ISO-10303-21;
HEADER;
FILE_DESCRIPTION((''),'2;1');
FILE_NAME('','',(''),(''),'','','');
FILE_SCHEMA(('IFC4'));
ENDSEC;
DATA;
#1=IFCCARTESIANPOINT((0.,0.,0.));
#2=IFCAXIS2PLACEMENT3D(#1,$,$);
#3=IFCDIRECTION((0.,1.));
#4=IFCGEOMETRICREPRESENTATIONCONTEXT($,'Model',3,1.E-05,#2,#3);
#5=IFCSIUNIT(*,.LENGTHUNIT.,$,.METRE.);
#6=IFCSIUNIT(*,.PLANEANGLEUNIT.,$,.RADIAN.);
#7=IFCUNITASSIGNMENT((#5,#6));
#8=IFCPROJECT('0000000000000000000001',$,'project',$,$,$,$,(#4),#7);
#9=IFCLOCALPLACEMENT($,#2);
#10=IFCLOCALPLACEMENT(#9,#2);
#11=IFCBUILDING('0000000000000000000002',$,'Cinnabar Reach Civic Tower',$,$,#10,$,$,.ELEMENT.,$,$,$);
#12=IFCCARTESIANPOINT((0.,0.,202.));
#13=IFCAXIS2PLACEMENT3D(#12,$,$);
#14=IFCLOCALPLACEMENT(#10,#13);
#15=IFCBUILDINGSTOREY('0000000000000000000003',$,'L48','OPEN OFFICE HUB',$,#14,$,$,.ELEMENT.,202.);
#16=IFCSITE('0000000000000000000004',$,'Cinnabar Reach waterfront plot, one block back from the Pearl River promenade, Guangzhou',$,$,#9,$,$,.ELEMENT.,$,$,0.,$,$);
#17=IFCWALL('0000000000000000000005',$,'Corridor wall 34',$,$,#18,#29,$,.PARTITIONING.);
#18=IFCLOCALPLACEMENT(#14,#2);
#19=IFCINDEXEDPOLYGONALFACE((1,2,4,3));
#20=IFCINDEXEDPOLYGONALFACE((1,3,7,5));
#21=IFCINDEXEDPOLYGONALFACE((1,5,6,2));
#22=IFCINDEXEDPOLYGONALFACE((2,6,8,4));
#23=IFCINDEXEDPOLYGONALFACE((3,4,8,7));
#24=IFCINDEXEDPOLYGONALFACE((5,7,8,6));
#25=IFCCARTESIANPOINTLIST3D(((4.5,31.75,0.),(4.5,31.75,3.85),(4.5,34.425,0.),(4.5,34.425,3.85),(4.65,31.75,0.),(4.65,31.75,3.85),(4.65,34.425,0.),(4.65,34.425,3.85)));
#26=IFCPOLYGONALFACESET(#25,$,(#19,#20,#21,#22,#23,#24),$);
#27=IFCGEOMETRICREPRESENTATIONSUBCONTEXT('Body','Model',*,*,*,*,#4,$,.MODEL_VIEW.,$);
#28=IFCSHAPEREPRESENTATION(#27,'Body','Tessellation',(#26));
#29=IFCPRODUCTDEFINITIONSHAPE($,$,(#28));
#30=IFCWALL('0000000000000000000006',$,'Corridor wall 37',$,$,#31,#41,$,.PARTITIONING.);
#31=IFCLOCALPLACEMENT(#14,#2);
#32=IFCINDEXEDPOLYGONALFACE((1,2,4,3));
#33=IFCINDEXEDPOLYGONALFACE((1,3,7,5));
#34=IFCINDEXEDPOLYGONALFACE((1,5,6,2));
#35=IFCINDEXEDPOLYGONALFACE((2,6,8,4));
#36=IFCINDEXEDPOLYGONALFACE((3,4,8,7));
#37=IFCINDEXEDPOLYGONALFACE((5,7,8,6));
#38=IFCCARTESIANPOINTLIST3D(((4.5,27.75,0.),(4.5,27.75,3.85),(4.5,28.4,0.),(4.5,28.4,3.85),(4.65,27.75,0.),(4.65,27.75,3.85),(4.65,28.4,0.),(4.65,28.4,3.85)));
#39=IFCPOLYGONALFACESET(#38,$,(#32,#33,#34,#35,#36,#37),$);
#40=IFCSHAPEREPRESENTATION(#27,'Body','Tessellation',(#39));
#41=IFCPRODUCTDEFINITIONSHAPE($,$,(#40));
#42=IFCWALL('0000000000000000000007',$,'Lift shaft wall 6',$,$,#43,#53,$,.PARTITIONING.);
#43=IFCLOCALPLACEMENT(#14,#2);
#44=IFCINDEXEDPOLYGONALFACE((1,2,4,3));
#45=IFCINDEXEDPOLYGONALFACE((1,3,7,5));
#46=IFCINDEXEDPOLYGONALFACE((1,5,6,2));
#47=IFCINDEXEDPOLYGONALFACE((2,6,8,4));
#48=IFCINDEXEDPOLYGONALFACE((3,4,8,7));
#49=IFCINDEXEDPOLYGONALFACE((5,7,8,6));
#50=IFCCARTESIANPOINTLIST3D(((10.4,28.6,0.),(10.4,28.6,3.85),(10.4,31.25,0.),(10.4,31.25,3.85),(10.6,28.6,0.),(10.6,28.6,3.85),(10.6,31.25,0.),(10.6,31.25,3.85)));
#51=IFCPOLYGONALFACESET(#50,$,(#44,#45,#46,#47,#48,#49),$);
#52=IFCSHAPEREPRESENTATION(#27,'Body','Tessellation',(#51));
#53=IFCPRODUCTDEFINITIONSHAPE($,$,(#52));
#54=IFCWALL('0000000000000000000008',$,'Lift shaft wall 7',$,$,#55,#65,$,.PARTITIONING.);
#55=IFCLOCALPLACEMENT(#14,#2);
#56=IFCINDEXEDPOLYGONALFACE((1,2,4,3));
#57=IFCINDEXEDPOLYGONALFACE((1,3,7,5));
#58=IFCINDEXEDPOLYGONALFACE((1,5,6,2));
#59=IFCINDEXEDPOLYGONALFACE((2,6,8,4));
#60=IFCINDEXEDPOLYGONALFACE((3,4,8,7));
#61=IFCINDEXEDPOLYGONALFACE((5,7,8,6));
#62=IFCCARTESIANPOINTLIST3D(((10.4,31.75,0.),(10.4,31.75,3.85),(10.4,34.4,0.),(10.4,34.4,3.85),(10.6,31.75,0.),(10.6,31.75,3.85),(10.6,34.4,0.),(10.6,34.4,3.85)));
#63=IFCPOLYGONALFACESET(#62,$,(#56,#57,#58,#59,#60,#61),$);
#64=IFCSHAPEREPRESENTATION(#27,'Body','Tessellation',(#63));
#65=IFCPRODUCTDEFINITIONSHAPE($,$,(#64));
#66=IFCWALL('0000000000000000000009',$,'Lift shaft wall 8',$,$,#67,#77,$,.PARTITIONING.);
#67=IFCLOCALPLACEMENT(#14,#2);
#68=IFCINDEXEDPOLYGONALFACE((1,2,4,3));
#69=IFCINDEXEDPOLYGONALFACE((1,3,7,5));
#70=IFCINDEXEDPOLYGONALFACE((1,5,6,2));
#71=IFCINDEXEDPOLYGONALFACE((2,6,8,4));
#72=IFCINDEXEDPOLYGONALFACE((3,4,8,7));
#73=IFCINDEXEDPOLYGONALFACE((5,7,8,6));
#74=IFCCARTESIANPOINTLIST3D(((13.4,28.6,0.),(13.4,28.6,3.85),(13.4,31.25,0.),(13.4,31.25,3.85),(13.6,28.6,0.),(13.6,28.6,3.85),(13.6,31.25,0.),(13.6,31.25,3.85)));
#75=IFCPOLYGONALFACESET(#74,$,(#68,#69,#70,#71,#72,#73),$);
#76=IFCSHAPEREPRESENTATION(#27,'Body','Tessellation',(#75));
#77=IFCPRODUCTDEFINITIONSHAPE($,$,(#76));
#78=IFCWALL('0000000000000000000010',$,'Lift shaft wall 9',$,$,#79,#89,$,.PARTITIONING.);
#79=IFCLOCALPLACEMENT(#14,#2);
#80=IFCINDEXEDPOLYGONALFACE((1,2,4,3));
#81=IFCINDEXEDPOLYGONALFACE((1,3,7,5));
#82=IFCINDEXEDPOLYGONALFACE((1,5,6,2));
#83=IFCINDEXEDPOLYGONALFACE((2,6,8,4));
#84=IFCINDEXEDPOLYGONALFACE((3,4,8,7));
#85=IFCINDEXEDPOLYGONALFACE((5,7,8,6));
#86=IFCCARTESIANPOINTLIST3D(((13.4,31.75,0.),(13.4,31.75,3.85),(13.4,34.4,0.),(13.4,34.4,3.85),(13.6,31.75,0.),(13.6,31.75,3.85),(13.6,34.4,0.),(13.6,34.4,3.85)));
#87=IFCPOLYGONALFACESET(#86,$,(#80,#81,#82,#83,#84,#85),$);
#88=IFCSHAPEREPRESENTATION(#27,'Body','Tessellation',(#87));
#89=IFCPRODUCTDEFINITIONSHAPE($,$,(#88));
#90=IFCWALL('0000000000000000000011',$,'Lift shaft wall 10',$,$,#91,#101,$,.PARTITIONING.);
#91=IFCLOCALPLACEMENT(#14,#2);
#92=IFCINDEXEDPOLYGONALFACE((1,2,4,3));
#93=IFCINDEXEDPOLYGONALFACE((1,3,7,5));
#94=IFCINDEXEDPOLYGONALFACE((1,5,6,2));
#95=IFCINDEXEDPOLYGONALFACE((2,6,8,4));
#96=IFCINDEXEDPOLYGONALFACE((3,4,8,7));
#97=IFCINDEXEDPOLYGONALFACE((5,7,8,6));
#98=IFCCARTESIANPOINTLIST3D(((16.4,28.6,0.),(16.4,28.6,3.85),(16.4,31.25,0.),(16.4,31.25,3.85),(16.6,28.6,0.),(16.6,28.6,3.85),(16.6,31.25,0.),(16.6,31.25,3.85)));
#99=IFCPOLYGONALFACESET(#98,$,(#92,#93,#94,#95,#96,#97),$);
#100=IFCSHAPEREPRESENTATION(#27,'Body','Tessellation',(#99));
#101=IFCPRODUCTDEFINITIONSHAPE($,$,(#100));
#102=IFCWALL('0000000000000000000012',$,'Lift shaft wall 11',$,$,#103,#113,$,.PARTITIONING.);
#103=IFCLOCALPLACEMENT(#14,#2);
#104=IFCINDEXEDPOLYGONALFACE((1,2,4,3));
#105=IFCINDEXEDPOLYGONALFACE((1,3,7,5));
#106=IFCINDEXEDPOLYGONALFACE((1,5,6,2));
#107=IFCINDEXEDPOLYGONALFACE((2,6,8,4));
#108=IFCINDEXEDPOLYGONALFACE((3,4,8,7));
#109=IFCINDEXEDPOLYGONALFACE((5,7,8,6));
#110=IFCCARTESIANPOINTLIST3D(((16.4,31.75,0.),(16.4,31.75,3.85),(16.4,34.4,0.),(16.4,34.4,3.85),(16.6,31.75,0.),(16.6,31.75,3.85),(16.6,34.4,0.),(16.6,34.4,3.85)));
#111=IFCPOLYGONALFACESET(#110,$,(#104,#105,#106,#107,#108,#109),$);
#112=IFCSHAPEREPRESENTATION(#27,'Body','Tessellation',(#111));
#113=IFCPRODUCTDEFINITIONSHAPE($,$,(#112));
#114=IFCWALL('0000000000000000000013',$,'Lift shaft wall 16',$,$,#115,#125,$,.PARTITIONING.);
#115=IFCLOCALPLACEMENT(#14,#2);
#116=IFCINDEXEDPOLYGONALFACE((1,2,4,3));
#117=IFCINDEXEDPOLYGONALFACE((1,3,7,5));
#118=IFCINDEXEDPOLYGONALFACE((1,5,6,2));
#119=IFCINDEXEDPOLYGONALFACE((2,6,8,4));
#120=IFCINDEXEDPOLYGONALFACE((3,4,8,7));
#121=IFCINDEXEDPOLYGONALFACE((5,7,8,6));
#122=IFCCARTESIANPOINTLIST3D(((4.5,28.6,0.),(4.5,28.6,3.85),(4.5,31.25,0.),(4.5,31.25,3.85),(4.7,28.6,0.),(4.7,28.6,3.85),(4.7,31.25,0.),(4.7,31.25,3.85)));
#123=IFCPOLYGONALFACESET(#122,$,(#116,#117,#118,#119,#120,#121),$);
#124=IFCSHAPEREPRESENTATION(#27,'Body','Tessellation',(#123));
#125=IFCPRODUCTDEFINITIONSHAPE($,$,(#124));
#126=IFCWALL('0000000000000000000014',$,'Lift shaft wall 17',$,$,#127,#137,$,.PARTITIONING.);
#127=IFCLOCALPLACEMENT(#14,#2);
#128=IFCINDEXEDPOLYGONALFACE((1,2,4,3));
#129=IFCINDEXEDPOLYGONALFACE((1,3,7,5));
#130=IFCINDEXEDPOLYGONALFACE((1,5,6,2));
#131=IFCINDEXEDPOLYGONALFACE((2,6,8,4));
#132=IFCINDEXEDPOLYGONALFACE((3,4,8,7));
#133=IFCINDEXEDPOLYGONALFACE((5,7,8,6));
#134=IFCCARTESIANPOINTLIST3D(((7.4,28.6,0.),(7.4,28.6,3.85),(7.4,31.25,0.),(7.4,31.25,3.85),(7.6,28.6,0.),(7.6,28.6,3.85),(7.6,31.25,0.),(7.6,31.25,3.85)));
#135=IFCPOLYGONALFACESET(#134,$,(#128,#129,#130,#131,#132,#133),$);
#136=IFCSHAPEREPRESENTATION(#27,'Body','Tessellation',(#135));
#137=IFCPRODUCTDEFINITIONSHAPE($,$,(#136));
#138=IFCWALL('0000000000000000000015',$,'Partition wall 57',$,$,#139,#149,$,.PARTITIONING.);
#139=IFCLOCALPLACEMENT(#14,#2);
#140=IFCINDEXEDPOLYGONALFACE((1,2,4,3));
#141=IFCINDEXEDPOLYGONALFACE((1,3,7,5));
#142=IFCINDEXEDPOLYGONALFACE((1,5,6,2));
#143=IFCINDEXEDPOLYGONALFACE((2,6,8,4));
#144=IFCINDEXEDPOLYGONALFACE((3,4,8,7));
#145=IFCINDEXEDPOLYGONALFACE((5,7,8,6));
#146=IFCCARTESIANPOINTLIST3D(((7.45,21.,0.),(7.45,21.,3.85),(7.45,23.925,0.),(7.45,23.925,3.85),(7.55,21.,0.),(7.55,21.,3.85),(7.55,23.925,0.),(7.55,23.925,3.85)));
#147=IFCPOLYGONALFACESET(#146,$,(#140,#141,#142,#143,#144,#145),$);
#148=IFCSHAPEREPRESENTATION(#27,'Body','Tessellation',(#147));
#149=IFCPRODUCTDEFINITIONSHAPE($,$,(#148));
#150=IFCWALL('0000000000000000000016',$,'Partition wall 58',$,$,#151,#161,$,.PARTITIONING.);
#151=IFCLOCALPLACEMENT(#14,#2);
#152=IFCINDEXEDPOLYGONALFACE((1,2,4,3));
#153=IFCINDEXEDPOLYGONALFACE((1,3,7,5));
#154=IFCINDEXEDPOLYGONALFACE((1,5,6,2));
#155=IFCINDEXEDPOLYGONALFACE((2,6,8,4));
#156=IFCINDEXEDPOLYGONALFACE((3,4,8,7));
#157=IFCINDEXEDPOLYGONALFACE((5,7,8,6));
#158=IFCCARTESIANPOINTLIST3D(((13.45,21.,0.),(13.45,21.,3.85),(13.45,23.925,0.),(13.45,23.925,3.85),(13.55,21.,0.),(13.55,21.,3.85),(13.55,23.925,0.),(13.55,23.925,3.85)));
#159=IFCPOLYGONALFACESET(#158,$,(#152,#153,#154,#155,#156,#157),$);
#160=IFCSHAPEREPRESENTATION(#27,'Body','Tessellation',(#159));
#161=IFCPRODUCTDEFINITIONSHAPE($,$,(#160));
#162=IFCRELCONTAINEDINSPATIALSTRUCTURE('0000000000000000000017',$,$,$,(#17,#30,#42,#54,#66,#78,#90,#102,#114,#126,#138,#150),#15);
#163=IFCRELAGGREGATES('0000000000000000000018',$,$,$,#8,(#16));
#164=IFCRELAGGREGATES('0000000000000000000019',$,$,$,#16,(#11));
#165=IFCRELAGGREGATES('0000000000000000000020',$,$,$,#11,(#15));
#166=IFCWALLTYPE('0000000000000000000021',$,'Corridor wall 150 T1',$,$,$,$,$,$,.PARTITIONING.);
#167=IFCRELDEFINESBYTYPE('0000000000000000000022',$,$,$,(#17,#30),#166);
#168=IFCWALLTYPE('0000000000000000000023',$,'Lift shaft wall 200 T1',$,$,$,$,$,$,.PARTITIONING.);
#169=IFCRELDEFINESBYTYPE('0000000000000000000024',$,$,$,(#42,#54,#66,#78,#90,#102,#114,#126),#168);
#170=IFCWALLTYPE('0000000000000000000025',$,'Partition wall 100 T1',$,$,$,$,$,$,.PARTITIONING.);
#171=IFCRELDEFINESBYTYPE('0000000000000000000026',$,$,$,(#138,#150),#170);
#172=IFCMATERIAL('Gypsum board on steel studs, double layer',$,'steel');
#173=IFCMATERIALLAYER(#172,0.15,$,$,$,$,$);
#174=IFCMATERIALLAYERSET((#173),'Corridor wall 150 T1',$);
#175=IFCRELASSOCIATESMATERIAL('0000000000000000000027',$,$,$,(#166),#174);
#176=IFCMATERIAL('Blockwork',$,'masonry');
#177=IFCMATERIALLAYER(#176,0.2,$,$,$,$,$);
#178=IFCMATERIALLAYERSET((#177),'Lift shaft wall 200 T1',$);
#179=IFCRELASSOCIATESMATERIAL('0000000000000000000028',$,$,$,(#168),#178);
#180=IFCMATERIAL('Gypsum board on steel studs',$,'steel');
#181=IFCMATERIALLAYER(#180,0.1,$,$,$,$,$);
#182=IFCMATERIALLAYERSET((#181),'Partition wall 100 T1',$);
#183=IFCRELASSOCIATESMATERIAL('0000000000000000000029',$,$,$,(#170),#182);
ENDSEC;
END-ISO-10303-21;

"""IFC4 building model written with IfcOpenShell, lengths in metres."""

from ifc_helpers import new_model, si_unit, direction, frame, frame_2d, origin, place, context, subcontext, project, spatial, rectangle, extrude, material, layer, layer_set, type_object, element, save


model = new_model("IFC4")

# Units and contexts
model_context = context("Model", 3, precision=1e-05, world=origin(), true_north=direction((0.0, 1.0)))
body_context = subcontext(model_context, "Body", "Model", "MODEL_VIEW")
ifc_project = project(units=[si_unit("LENGTHUNIT", "METRE"), si_unit("PLANEANGLEUNIT", "RADIAN")], contexts=[model_context])

# Site, building, storey
site_placement = place(None, origin())
site = spatial("IfcSite", under=ifc_project, at=site_placement, Name="Cinnabar Reach waterfront plot, one block back from the Pearl River promenade, Guangzhou", CompositionType="ELEMENT", RefElevation=0.0)
building_placement = place(site_placement, origin())
building = spatial("IfcBuilding", under=site, at=building_placement, Name="Cinnabar Reach Civic Tower", CompositionType="ELEMENT")
storey_placement = place(building_placement, frame((0.0, 0.0, 202.0)))
storey = spatial("IfcBuildingStorey", under=building, at=storey_placement, Name="L48", Description="OPEN OFFICE HUB", CompositionType="ELEMENT", Elevation=202.0)

# Shared definitions
ifc_material_1 = material(Name="Gypsum board on steel studs, double layer", Category="steel")
ifc_layer_1 = layer(ifc_material_1, 0.15)
ifc_layer_set_1 = layer_set([ifc_layer_1], Name="Corridor wall 150 T1")
wall_type_1 = type_object("IfcWallType", Name="Corridor wall 150 T1", PredefinedType="PARTITIONING", material=ifc_layer_set_1)

# Walls
wall_1_placement = place(storey_placement, frame((4.575, 31.75, 0.0), z_axis=(0.0, 0.0, 1.0), x_axis=(0.0, 1.0, 0.0)))
element("IfcWall", 1, at=wall_1_placement, inside=storey, type_object=wall_type_1, Name="Corridor wall 34", PredefinedType="PARTITIONING", context=body_context, shape_type="SweptSolid", body=[
    extrude(rectangle(XDim=2.675, YDim=0.15, at=frame_2d((1.3375, 0.0))), origin(), (0.0, 0.0, 1.0), 3.85),
])
wall_2_placement = place(storey_placement, frame((4.575, 27.75, 0.0), z_axis=(0.0, 0.0, 1.0), x_axis=(0.0, 1.0, 0.0)))
element("IfcWall", 2, at=wall_2_placement, inside=storey, type_object=wall_type_1, Name="Corridor wall 37", PredefinedType="PARTITIONING", context=body_context, shape_type="SweptSolid", body=[
    extrude(rectangle(XDim=0.65, YDim=0.15, at=frame_2d((0.325, 0.0))), origin(), (0.0, 0.0, 1.0), 3.85),
])
ifc_material_2 = material(Name="Blockwork", Category="masonry")
ifc_layer_2 = layer(ifc_material_2, 0.2)
ifc_layer_set_2 = layer_set([ifc_layer_2], Name="Lift shaft wall 200 T1")
wall_type_2 = type_object("IfcWallType", Name="Lift shaft wall 200 T1", PredefinedType="PARTITIONING", material=ifc_layer_set_2)
for number, where, z_axis, x_axis, name in (
    (3, (10.5, 28.6, 0.0), (0.0, 0.0, 1.0), (0.0, 1.0, 0.0), "Lift shaft wall 6"),
    (4, (10.5, 31.75, 0.0), (0.0, 0.0, 1.0), (0.0, 1.0, 0.0), "Lift shaft wall 7"),
    (5, (13.5, 28.6, 0.0), (0.0, 0.0, 1.0), (0.0, 1.0, 0.0), "Lift shaft wall 8"),
    (6, (13.5, 31.75, 0.0), (0.0, 0.0, 1.0), (0.0, 1.0, 0.0), "Lift shaft wall 9"),
    (7, (16.5, 28.6, 0.0), (0.0, 0.0, 1.0), (0.0, 1.0, 0.0), "Lift shaft wall 10"),
    (8, (16.5, 31.75, 0.0), (0.0, 0.0, 1.0), (0.0, 1.0, 0.0), "Lift shaft wall 11"),
    (9, (4.6, 28.6, 0.0), (0.0, 0.0, 1.0), (0.0, 1.0, 0.0), "Lift shaft wall 16"),
    (10, (7.5, 28.6, 0.0), (0.0, 0.0, 1.0), (0.0, 1.0, 0.0), "Lift shaft wall 17"),
):
    element("IfcWall", number, at=place(storey_placement, frame(where, z_axis=z_axis, x_axis=x_axis)), inside=storey, type_object=wall_type_2, Name=name, PredefinedType="PARTITIONING", context=body_context, shape_type="SweptSolid", body=[
        extrude(rectangle(XDim=2.65, YDim=0.2, at=frame_2d((1.325, 0.0))), origin(), (0.0, 0.0, 1.0), 3.85),
    ])
ifc_material_3 = material(Name="Gypsum board on steel studs", Category="steel")
ifc_layer_3 = layer(ifc_material_3, 0.1)
ifc_layer_set_3 = layer_set([ifc_layer_3], Name="Partition wall 100 T1")
wall_type_3 = type_object("IfcWallType", Name="Partition wall 100 T1", PredefinedType="PARTITIONING", material=ifc_layer_set_3)
for number, where, z_axis, x_axis, name in (
    (11, (7.5, 21.0, 0.0), (0.0, 0.0, 1.0), (0.0, 1.0, 0.0), "Partition wall 57"),
    (12, (13.5, 21.0, 0.0), (0.0, 0.0, 1.0), (0.0, 1.0, 0.0), "Partition wall 58"),
):
    element("IfcWall", number, at=place(storey_placement, frame(where, z_axis=z_axis, x_axis=x_axis)), inside=storey, type_object=wall_type_3, Name=name, PredefinedType="PARTITIONING", context=body_context, shape_type="SweptSolid", body=[
        extrude(rectangle(XDim=2.925, YDim=0.1, at=frame_2d((1.4625, 0.0))), origin(), (0.0, 0.0, 1.0), 3.85),
    ])

save(model, "model.ifc")
